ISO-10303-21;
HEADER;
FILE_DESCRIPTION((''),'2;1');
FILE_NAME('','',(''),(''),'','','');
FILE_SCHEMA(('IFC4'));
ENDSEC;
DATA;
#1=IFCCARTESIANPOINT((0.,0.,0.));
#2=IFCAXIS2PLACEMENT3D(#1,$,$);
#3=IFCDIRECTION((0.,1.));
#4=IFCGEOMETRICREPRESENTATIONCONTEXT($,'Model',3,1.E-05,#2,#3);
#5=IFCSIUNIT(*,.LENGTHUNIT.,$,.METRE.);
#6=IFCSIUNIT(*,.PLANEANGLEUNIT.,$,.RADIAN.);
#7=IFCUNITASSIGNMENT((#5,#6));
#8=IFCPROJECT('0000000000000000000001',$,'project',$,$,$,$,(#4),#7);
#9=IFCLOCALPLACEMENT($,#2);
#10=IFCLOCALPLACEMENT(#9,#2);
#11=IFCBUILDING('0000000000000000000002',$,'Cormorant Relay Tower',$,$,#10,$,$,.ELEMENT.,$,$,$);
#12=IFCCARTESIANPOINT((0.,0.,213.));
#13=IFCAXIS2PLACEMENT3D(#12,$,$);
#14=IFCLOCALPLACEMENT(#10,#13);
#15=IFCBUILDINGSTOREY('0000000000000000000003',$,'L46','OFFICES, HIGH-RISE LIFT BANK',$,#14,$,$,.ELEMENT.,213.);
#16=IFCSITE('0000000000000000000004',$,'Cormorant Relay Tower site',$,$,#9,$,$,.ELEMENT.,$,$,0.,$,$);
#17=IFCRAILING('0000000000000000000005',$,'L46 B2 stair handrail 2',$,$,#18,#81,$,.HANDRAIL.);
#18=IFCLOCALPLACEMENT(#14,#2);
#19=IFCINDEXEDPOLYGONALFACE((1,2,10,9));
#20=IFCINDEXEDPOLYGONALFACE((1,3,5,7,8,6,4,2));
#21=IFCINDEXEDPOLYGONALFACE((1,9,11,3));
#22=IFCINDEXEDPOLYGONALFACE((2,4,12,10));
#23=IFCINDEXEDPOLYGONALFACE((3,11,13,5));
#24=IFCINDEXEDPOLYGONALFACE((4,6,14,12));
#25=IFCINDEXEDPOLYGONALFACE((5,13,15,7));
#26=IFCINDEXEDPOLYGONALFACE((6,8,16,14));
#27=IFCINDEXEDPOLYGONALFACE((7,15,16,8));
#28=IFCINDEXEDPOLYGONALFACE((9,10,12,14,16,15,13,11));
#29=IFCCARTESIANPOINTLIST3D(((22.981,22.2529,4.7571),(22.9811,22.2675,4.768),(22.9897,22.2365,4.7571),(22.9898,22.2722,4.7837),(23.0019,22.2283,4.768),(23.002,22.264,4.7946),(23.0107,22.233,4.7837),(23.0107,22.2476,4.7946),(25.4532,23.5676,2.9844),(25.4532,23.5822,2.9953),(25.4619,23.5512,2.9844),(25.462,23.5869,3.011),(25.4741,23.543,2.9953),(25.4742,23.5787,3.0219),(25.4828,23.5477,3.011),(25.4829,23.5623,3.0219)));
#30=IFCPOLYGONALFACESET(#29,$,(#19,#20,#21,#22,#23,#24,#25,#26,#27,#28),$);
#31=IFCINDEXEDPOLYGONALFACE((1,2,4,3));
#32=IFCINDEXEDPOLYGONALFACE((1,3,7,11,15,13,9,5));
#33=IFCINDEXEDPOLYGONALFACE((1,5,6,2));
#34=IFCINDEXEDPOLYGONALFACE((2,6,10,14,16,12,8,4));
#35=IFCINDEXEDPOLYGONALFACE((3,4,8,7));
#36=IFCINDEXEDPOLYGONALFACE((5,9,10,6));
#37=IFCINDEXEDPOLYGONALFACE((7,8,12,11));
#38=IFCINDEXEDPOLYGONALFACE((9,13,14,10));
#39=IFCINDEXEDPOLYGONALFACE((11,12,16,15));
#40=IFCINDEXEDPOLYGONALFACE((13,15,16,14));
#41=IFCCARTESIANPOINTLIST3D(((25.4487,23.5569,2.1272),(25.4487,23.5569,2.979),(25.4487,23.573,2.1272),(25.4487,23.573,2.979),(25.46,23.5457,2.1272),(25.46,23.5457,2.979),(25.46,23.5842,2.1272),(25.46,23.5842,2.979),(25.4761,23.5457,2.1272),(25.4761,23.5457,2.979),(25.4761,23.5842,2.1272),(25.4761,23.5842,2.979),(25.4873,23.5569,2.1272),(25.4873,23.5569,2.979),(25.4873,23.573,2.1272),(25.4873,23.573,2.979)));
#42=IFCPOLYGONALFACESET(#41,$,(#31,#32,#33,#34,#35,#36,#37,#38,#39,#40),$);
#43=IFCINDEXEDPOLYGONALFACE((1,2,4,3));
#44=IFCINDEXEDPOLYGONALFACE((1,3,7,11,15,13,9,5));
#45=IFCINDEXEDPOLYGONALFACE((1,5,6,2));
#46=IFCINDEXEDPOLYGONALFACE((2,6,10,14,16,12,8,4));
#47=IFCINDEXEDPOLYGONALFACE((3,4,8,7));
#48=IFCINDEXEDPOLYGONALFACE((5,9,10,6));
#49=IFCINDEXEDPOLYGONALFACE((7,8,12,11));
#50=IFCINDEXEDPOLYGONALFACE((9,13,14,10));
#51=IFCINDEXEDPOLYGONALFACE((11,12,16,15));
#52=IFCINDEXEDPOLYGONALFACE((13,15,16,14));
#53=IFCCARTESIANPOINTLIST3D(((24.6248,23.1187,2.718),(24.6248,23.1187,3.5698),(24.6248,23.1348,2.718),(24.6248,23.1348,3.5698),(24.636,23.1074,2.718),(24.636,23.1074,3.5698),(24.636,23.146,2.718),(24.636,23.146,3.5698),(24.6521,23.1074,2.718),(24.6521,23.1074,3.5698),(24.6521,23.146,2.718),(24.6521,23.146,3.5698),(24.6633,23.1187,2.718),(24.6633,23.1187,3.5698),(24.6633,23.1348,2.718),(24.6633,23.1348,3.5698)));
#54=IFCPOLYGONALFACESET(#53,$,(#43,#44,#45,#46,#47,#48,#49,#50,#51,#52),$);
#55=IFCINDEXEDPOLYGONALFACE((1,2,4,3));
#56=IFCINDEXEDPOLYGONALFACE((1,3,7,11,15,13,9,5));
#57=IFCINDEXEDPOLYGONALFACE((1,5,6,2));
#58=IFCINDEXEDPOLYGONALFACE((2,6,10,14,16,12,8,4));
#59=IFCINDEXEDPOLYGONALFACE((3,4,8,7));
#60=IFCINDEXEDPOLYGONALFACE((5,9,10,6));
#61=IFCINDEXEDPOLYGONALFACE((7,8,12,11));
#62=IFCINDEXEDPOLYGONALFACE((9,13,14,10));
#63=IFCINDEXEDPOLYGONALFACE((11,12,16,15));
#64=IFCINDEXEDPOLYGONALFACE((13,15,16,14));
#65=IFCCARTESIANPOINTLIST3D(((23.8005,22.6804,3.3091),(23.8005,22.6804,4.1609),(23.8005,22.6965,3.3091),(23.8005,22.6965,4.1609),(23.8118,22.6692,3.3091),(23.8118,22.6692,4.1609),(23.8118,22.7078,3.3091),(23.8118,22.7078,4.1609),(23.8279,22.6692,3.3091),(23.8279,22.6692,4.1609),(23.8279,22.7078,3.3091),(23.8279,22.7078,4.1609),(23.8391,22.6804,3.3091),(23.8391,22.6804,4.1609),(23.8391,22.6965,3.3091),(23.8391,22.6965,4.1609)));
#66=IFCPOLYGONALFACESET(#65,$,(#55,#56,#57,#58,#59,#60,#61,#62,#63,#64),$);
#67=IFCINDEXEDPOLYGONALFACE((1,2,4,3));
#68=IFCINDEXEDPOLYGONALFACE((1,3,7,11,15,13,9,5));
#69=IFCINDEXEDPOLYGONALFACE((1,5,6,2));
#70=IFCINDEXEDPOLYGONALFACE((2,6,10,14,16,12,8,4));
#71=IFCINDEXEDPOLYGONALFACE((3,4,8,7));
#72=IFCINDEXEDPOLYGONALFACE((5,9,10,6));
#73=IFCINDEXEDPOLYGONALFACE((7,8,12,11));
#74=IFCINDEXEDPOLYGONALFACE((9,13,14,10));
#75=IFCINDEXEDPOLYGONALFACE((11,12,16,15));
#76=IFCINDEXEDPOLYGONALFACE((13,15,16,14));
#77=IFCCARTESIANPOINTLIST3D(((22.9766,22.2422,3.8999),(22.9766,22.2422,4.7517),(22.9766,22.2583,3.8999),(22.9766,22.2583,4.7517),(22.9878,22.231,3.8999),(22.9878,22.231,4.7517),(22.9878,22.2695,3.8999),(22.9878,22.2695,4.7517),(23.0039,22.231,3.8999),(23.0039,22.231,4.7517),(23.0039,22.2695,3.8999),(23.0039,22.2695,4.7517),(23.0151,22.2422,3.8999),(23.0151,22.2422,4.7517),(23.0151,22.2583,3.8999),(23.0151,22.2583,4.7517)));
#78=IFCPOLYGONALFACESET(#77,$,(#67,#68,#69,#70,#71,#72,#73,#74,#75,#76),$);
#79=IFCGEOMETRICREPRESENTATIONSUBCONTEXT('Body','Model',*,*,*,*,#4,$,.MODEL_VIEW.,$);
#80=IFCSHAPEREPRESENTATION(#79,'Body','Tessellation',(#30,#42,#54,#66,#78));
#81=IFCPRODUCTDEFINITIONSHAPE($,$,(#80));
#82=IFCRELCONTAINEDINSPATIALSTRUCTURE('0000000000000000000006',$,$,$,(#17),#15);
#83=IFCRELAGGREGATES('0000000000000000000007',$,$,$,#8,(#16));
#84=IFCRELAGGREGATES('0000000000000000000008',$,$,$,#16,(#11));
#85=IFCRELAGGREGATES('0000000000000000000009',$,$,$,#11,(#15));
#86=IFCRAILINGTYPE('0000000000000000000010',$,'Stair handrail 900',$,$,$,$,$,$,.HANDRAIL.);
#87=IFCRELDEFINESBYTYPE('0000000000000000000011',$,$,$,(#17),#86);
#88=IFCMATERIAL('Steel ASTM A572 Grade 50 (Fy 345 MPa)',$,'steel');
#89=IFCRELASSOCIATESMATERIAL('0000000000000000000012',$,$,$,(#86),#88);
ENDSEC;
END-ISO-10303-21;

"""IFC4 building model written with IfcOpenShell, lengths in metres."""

from ifc_helpers import new_model, si_unit, direction, frame, origin, place, context, subcontext, project, spatial, polyline, outline, extrude, material, type_object, element, save


model = new_model("IFC4")

# Units and contexts
model_context = context("Model", 3, precision=1e-05, world=origin(), true_north=direction((0.0, 1.0)))
body_context = subcontext(model_context, "Body", "Model", "MODEL_VIEW")
ifc_project = project(units=[si_unit("LENGTHUNIT", "METRE"), si_unit("PLANEANGLEUNIT", "RADIAN")], contexts=[model_context])

# Site, building, storey
site_placement = place(None, origin())
site = spatial("IfcSite", under=ifc_project, at=site_placement, Name="Cormorant Relay Tower site", CompositionType="ELEMENT", RefElevation=0.0)
building_placement = place(site_placement, origin())
building = spatial("IfcBuilding", under=site, at=building_placement, Name="Cormorant Relay Tower", CompositionType="ELEMENT")
storey_placement = place(building_placement, frame((0.0, 0.0, 213.0)))
storey = spatial("IfcBuildingStorey", under=building, at=storey_placement, Name="L46", Description="OFFICES, HIGH-RISE LIFT BANK", CompositionType="ELEMENT", Elevation=213.0)

# Railing
ifc_material_1 = material(Name="Steel ASTM A572 Grade 50 (Fy 345 MPa)", Category="steel")
railing_type = type_object("IfcRailingType", Name="Stair handrail 900", PredefinedType="HANDRAIL", material=ifc_material_1)
railing_placement = place(storey_placement, frame((25.468, 23.5649, 2.1272)))
element("IfcRailing", 1, at=railing_placement, inside=storey, type_object=railing_type, Name="L46 B2 stair handrail 2", PredefinedType="HANDRAIL", context=body_context, shape_type="SweptSolid", body=[
    extrude(outline(polyline([(0.0222, 0.0093), (0.0093, 0.0222), (-0.0093, 0.0222), (-0.0222, 0.0093), (-0.0222, -0.0093), (-0.0093, -0.0222), (0.0093, -0.0222), (0.0222, -0.0093), (0.0222, 0.0093)])), frame((0.0, 0.0, 0.876), z_axis=(-0.745979, -0.396711, 0.534916), x_axis=(0.469533, -0.882915, 0.0)), (0.0, 0.0, 1.0), 3.314),
    extrude(outline(polyline([(0.0193, 0.0081), (0.0081, 0.0193), (-0.0081, 0.0193), (-0.0193, 0.0081), (-0.0193, -0.0081), (-0.0081, -0.0193), (0.0081, -0.0193), (0.0193, -0.0081), (0.0193, 0.0081)])), origin(), (0.0, 0.0, 1.0), 0.8518),
    extrude(outline(polyline([(0.0193, 0.0081), (0.0081, 0.0193), (-0.0081, 0.0193), (-0.0193, 0.0081), (-0.0193, -0.0081), (-0.0081, -0.0193), (0.0081, -0.0193), (0.0193, -0.0081), (0.0193, 0.0081)])), frame((-0.824, -0.4382, 0.5908)), (0.0, 0.0, 1.0), 0.8518),
    extrude(outline(polyline([(0.0193, 0.0081), (0.0081, 0.0193), (-0.0081, 0.0193), (-0.0193, 0.0081), (-0.0193, -0.0081), (-0.0081, -0.0193), (0.0081, -0.0193), (0.0193, -0.0081), (0.0193, 0.0081)])), frame((-1.6482, -0.8765, 1.1819)), (0.0, 0.0, 1.0), 0.8518),
    extrude(outline(polyline([(0.0193, 0.0081), (0.0081, 0.0193), (-0.0081, 0.0193), (-0.0193, 0.0081), (-0.0193, -0.0081), (-0.0081, -0.0193), (0.0081, -0.0193), (0.0193, -0.0081), (0.0193, 0.0081)])), frame((-2.4722, -1.3147, 1.7727)), (0.0, 0.0, 1.0), 0.8518),
])

save(model, "model.ifc")
